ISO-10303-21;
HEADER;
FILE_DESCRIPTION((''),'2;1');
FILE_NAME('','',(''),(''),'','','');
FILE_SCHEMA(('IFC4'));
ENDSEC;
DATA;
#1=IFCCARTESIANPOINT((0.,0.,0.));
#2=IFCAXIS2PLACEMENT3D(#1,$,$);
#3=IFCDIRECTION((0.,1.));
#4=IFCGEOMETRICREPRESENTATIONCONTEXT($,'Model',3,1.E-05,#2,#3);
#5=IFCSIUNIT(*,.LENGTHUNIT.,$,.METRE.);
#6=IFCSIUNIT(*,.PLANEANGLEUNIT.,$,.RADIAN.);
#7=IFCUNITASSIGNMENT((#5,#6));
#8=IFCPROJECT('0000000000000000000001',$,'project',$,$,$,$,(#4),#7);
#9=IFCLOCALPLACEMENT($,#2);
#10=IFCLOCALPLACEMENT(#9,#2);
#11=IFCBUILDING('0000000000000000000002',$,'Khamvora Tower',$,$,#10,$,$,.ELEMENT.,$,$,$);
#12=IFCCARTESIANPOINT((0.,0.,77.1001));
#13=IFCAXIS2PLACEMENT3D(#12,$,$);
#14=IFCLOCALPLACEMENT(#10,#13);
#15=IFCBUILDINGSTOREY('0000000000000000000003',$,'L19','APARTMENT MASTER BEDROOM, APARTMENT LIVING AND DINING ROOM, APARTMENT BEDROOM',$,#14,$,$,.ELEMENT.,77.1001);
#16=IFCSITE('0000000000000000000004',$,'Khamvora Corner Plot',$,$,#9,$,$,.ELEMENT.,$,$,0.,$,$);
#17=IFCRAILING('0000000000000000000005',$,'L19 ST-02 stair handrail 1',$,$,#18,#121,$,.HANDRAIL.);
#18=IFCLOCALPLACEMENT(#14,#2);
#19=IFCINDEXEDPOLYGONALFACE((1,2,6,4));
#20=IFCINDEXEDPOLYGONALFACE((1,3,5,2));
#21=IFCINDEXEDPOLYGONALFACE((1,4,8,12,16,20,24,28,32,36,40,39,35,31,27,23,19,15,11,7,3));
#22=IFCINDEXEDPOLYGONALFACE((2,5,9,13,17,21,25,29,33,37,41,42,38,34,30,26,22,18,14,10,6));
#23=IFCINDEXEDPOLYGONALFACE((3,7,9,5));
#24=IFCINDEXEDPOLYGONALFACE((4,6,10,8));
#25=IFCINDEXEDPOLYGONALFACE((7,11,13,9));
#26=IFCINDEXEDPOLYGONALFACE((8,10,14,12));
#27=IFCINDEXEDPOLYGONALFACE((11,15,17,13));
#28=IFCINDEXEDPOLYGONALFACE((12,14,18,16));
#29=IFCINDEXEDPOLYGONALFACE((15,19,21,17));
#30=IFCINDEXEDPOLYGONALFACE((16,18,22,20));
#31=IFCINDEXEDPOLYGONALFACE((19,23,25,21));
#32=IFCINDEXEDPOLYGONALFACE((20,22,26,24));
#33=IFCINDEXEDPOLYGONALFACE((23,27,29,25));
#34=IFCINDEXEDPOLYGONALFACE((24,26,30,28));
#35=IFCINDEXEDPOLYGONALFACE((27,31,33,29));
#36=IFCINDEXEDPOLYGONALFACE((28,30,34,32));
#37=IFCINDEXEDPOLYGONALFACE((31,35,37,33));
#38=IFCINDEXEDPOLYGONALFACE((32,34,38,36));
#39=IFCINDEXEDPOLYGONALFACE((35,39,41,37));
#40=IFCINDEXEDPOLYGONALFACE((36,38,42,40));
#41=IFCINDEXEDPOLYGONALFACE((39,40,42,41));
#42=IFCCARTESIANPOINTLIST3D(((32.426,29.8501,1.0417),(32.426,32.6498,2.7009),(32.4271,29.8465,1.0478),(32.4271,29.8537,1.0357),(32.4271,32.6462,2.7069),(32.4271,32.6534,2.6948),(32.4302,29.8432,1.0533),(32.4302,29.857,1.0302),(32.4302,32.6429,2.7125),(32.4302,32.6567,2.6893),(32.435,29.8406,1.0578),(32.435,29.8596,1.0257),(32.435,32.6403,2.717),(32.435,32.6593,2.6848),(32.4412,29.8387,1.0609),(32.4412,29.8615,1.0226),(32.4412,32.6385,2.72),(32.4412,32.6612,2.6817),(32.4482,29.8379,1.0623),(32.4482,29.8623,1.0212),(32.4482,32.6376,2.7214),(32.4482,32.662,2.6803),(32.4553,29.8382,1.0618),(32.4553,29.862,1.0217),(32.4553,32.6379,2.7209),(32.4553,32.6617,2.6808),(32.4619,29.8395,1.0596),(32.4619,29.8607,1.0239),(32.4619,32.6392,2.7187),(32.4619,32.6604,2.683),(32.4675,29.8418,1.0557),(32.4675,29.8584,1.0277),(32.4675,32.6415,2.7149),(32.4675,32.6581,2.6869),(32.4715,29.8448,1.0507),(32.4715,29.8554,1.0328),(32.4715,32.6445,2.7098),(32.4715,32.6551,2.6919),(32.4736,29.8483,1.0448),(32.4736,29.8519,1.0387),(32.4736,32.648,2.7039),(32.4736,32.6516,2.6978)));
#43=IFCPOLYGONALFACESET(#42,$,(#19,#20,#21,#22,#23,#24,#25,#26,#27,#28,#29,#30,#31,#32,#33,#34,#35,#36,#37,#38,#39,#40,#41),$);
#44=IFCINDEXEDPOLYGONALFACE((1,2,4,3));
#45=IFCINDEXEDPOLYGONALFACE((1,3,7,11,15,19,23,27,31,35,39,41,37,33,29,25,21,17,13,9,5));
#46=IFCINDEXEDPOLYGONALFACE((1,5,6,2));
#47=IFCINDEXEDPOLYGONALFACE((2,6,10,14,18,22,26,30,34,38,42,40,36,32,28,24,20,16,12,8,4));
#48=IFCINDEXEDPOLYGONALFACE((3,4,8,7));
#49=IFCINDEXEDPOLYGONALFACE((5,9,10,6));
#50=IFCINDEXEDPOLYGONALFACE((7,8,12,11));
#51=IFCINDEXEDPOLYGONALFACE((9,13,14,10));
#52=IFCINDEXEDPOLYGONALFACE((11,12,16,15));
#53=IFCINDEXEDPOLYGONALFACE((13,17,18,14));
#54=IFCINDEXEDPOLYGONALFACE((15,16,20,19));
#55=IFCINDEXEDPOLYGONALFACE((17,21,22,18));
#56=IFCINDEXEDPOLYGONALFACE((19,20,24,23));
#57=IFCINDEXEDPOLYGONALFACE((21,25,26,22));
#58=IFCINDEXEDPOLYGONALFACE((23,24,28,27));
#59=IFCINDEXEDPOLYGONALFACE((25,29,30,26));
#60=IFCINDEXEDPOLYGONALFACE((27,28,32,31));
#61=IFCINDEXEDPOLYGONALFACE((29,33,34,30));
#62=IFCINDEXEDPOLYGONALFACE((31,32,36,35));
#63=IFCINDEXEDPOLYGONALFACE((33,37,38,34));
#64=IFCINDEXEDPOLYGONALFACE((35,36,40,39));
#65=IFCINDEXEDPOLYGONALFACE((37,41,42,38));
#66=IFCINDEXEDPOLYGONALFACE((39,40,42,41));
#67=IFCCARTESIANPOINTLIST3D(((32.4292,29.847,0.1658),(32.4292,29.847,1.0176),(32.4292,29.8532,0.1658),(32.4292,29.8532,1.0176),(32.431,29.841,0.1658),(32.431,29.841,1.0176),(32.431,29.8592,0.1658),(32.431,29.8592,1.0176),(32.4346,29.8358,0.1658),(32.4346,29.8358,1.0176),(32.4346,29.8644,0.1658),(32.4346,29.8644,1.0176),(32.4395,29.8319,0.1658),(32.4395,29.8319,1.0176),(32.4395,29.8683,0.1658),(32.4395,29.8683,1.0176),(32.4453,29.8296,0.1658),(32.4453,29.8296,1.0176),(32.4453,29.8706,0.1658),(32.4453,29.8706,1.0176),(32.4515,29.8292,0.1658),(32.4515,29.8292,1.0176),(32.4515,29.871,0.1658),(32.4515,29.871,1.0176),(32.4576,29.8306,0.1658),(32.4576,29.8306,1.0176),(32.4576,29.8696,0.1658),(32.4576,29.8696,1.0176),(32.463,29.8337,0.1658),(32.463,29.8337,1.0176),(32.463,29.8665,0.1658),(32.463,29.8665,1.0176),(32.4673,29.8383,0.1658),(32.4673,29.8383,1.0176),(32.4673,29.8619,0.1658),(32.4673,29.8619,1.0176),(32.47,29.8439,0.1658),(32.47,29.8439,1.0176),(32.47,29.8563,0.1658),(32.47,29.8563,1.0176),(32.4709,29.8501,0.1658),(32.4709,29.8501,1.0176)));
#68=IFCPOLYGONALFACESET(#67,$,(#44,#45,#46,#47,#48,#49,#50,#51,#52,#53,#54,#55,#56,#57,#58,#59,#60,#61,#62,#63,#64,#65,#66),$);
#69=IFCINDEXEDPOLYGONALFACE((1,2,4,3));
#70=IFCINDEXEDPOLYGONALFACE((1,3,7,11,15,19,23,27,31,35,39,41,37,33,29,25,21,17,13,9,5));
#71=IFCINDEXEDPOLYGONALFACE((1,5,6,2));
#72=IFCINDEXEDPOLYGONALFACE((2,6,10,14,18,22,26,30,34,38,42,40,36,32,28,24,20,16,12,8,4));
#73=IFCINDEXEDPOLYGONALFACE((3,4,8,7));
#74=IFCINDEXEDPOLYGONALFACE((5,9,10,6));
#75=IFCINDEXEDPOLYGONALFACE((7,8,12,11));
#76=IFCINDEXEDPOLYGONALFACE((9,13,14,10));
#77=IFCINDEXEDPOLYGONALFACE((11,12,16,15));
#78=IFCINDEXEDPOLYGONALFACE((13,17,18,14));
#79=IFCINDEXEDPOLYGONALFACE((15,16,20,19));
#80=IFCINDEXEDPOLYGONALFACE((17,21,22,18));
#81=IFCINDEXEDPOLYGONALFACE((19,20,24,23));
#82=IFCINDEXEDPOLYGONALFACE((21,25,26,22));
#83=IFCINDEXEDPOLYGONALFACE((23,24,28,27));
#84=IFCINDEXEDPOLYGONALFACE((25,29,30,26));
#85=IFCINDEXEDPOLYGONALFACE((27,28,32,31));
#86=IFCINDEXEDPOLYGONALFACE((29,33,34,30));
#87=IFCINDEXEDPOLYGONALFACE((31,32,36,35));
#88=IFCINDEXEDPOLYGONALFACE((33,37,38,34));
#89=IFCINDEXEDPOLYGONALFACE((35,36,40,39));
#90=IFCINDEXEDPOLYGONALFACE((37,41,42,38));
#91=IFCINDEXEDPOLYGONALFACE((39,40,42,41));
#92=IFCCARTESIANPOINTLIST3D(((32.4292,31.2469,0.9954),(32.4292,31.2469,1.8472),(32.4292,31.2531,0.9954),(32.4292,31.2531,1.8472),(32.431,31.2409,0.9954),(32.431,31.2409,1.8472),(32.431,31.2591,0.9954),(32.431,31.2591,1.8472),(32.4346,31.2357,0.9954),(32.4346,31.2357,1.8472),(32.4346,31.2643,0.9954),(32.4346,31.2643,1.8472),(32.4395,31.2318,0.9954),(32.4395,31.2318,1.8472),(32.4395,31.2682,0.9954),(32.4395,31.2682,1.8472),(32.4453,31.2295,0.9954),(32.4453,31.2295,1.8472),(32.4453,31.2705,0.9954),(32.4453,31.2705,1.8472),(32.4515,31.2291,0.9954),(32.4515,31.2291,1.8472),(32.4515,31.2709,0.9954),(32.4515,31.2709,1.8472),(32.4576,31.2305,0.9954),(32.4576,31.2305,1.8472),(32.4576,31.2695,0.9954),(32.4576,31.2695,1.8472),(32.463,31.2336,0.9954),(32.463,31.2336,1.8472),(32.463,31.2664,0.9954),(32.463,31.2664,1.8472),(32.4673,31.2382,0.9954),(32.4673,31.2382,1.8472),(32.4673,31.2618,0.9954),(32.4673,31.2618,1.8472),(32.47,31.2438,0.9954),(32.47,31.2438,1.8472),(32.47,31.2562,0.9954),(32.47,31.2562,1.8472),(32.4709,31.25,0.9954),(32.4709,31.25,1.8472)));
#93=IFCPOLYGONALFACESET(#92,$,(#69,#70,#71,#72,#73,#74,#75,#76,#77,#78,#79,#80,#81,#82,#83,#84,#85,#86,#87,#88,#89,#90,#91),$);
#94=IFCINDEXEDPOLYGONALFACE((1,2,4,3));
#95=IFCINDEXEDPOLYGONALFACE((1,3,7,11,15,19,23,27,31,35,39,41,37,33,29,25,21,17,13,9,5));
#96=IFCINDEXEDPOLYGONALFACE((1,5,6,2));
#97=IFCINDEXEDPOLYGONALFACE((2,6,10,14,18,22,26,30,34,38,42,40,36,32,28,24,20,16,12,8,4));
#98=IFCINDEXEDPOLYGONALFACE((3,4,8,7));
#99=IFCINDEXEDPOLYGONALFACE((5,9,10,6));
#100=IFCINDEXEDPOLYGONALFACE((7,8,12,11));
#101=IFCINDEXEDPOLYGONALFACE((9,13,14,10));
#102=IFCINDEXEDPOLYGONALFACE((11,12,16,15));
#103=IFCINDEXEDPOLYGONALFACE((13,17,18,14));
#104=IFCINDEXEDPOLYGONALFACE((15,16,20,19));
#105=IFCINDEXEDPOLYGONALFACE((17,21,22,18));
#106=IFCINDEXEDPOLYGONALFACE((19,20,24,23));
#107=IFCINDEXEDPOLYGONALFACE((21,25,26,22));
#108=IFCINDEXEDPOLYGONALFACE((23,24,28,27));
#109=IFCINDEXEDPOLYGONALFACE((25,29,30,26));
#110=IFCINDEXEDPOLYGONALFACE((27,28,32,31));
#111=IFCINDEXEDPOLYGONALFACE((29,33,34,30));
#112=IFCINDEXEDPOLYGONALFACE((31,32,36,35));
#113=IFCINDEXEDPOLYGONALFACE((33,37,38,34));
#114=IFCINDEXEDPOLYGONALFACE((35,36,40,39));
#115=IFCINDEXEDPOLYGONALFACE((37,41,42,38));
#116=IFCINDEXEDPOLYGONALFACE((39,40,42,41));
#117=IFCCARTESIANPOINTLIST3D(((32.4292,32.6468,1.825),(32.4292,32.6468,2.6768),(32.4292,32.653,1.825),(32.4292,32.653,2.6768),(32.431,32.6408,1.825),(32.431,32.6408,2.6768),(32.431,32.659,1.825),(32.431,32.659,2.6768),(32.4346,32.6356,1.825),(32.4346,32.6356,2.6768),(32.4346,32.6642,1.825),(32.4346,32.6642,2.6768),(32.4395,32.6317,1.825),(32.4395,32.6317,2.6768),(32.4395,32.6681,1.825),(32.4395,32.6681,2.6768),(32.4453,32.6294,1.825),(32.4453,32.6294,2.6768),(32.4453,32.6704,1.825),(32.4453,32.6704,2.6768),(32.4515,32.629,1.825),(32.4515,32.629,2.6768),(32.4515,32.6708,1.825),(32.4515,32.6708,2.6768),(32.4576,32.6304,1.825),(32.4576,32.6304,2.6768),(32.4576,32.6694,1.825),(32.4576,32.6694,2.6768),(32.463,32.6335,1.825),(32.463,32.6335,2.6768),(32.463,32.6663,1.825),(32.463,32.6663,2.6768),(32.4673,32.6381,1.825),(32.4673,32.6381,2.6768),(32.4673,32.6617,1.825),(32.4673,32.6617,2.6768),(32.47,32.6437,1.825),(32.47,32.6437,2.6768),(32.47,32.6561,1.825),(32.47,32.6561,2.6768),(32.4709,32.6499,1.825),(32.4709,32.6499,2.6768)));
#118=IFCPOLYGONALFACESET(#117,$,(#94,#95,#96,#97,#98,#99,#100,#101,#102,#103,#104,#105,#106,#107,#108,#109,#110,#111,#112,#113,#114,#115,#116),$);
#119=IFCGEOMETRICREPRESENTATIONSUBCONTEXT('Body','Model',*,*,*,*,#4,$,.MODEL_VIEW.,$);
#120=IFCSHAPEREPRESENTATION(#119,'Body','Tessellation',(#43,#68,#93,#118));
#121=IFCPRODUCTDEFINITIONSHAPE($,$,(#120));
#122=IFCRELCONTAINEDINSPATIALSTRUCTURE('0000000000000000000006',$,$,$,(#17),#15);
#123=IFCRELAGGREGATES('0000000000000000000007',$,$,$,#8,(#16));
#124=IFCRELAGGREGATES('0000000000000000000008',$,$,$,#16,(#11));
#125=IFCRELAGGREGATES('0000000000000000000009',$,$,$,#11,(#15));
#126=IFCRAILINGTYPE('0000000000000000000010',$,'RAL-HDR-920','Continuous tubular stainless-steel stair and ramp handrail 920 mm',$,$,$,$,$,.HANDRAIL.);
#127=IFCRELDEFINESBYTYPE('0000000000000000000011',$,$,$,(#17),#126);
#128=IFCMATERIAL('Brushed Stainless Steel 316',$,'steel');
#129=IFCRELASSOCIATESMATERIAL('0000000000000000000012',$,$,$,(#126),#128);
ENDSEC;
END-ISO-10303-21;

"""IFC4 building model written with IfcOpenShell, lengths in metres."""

from ifc_helpers import new_model, si_unit, direction, frame, origin, origin_2d, place, context, subcontext, project, spatial, circle, extrude, material, type_object, element, save


model = new_model("IFC4")

# Units and contexts
model_context = context("Model", 3, precision=1e-05, world=origin(), true_north=direction((0.0, 1.0)))
body_context = subcontext(model_context, "Body", "Model", "MODEL_VIEW")
ifc_project = project(units=[si_unit("LENGTHUNIT", "METRE"), si_unit("PLANEANGLEUNIT", "RADIAN")], contexts=[model_context])

# Site, building, storey
site_placement = place(None, origin())
site = spatial("IfcSite", under=ifc_project, at=site_placement, Name="Khamvora Corner Plot", CompositionType="ELEMENT", RefElevation=0.0)
building_placement = place(site_placement, origin())
building = spatial("IfcBuilding", under=site, at=building_placement, Name="Khamvora Tower", CompositionType="ELEMENT")
storey_placement = place(building_placement, frame((0.0, 0.0, 77.1001)))
storey = spatial("IfcBuildingStorey", under=building, at=storey_placement, Name="L19", Description="APARTMENT MASTER BEDROOM, APARTMENT LIVING AND DINING ROOM, APARTMENT BEDROOM", CompositionType="ELEMENT", Elevation=77.1001)

# Railing
ifc_material_1 = material(Name="Brushed Stainless Steel 316", Category="steel")
railing_type_1 = type_object("IfcRailingType", Name="RAL-HDR-920", Description="Continuous tubular stainless-steel stair and ramp handrail 920 mm", PredefinedType="HANDRAIL", material=ifc_material_1)
railing_1_placement = place(storey_placement, frame((32.45, 29.8501, 0.1658)))
element("IfcRailing", 1, at=railing_1_placement, inside=storey, type_object=railing_type_1, Name="L19 ST-02 stair handrail 1", PredefinedType="HANDRAIL", context=body_context, shape_type="SweptSolid", body=[
    extrude(circle(Radius=0.0239, at=origin_2d()), frame((0.0, 0.0, 0.876), z_axis=(0.0, 0.860287, 0.509811), x_axis=(-1.0, 0.0, 0.0)), (0.0, 0.0, 1.0), 3.2544),
    extrude(circle(Radius=0.021, at=origin_2d()), origin(), (0.0, 0.0, 1.0), 0.8518),
    extrude(circle(Radius=0.021, at=origin_2d()), frame((0.0, 1.3999, 0.8296)), (0.0, 0.0, 1.0), 0.8518),
    extrude(circle(Radius=0.021, at=origin_2d()), frame((0.0, 2.7998, 1.6592)), (0.0, 0.0, 1.0), 0.8518),
])

save(model, "model.ifc")
